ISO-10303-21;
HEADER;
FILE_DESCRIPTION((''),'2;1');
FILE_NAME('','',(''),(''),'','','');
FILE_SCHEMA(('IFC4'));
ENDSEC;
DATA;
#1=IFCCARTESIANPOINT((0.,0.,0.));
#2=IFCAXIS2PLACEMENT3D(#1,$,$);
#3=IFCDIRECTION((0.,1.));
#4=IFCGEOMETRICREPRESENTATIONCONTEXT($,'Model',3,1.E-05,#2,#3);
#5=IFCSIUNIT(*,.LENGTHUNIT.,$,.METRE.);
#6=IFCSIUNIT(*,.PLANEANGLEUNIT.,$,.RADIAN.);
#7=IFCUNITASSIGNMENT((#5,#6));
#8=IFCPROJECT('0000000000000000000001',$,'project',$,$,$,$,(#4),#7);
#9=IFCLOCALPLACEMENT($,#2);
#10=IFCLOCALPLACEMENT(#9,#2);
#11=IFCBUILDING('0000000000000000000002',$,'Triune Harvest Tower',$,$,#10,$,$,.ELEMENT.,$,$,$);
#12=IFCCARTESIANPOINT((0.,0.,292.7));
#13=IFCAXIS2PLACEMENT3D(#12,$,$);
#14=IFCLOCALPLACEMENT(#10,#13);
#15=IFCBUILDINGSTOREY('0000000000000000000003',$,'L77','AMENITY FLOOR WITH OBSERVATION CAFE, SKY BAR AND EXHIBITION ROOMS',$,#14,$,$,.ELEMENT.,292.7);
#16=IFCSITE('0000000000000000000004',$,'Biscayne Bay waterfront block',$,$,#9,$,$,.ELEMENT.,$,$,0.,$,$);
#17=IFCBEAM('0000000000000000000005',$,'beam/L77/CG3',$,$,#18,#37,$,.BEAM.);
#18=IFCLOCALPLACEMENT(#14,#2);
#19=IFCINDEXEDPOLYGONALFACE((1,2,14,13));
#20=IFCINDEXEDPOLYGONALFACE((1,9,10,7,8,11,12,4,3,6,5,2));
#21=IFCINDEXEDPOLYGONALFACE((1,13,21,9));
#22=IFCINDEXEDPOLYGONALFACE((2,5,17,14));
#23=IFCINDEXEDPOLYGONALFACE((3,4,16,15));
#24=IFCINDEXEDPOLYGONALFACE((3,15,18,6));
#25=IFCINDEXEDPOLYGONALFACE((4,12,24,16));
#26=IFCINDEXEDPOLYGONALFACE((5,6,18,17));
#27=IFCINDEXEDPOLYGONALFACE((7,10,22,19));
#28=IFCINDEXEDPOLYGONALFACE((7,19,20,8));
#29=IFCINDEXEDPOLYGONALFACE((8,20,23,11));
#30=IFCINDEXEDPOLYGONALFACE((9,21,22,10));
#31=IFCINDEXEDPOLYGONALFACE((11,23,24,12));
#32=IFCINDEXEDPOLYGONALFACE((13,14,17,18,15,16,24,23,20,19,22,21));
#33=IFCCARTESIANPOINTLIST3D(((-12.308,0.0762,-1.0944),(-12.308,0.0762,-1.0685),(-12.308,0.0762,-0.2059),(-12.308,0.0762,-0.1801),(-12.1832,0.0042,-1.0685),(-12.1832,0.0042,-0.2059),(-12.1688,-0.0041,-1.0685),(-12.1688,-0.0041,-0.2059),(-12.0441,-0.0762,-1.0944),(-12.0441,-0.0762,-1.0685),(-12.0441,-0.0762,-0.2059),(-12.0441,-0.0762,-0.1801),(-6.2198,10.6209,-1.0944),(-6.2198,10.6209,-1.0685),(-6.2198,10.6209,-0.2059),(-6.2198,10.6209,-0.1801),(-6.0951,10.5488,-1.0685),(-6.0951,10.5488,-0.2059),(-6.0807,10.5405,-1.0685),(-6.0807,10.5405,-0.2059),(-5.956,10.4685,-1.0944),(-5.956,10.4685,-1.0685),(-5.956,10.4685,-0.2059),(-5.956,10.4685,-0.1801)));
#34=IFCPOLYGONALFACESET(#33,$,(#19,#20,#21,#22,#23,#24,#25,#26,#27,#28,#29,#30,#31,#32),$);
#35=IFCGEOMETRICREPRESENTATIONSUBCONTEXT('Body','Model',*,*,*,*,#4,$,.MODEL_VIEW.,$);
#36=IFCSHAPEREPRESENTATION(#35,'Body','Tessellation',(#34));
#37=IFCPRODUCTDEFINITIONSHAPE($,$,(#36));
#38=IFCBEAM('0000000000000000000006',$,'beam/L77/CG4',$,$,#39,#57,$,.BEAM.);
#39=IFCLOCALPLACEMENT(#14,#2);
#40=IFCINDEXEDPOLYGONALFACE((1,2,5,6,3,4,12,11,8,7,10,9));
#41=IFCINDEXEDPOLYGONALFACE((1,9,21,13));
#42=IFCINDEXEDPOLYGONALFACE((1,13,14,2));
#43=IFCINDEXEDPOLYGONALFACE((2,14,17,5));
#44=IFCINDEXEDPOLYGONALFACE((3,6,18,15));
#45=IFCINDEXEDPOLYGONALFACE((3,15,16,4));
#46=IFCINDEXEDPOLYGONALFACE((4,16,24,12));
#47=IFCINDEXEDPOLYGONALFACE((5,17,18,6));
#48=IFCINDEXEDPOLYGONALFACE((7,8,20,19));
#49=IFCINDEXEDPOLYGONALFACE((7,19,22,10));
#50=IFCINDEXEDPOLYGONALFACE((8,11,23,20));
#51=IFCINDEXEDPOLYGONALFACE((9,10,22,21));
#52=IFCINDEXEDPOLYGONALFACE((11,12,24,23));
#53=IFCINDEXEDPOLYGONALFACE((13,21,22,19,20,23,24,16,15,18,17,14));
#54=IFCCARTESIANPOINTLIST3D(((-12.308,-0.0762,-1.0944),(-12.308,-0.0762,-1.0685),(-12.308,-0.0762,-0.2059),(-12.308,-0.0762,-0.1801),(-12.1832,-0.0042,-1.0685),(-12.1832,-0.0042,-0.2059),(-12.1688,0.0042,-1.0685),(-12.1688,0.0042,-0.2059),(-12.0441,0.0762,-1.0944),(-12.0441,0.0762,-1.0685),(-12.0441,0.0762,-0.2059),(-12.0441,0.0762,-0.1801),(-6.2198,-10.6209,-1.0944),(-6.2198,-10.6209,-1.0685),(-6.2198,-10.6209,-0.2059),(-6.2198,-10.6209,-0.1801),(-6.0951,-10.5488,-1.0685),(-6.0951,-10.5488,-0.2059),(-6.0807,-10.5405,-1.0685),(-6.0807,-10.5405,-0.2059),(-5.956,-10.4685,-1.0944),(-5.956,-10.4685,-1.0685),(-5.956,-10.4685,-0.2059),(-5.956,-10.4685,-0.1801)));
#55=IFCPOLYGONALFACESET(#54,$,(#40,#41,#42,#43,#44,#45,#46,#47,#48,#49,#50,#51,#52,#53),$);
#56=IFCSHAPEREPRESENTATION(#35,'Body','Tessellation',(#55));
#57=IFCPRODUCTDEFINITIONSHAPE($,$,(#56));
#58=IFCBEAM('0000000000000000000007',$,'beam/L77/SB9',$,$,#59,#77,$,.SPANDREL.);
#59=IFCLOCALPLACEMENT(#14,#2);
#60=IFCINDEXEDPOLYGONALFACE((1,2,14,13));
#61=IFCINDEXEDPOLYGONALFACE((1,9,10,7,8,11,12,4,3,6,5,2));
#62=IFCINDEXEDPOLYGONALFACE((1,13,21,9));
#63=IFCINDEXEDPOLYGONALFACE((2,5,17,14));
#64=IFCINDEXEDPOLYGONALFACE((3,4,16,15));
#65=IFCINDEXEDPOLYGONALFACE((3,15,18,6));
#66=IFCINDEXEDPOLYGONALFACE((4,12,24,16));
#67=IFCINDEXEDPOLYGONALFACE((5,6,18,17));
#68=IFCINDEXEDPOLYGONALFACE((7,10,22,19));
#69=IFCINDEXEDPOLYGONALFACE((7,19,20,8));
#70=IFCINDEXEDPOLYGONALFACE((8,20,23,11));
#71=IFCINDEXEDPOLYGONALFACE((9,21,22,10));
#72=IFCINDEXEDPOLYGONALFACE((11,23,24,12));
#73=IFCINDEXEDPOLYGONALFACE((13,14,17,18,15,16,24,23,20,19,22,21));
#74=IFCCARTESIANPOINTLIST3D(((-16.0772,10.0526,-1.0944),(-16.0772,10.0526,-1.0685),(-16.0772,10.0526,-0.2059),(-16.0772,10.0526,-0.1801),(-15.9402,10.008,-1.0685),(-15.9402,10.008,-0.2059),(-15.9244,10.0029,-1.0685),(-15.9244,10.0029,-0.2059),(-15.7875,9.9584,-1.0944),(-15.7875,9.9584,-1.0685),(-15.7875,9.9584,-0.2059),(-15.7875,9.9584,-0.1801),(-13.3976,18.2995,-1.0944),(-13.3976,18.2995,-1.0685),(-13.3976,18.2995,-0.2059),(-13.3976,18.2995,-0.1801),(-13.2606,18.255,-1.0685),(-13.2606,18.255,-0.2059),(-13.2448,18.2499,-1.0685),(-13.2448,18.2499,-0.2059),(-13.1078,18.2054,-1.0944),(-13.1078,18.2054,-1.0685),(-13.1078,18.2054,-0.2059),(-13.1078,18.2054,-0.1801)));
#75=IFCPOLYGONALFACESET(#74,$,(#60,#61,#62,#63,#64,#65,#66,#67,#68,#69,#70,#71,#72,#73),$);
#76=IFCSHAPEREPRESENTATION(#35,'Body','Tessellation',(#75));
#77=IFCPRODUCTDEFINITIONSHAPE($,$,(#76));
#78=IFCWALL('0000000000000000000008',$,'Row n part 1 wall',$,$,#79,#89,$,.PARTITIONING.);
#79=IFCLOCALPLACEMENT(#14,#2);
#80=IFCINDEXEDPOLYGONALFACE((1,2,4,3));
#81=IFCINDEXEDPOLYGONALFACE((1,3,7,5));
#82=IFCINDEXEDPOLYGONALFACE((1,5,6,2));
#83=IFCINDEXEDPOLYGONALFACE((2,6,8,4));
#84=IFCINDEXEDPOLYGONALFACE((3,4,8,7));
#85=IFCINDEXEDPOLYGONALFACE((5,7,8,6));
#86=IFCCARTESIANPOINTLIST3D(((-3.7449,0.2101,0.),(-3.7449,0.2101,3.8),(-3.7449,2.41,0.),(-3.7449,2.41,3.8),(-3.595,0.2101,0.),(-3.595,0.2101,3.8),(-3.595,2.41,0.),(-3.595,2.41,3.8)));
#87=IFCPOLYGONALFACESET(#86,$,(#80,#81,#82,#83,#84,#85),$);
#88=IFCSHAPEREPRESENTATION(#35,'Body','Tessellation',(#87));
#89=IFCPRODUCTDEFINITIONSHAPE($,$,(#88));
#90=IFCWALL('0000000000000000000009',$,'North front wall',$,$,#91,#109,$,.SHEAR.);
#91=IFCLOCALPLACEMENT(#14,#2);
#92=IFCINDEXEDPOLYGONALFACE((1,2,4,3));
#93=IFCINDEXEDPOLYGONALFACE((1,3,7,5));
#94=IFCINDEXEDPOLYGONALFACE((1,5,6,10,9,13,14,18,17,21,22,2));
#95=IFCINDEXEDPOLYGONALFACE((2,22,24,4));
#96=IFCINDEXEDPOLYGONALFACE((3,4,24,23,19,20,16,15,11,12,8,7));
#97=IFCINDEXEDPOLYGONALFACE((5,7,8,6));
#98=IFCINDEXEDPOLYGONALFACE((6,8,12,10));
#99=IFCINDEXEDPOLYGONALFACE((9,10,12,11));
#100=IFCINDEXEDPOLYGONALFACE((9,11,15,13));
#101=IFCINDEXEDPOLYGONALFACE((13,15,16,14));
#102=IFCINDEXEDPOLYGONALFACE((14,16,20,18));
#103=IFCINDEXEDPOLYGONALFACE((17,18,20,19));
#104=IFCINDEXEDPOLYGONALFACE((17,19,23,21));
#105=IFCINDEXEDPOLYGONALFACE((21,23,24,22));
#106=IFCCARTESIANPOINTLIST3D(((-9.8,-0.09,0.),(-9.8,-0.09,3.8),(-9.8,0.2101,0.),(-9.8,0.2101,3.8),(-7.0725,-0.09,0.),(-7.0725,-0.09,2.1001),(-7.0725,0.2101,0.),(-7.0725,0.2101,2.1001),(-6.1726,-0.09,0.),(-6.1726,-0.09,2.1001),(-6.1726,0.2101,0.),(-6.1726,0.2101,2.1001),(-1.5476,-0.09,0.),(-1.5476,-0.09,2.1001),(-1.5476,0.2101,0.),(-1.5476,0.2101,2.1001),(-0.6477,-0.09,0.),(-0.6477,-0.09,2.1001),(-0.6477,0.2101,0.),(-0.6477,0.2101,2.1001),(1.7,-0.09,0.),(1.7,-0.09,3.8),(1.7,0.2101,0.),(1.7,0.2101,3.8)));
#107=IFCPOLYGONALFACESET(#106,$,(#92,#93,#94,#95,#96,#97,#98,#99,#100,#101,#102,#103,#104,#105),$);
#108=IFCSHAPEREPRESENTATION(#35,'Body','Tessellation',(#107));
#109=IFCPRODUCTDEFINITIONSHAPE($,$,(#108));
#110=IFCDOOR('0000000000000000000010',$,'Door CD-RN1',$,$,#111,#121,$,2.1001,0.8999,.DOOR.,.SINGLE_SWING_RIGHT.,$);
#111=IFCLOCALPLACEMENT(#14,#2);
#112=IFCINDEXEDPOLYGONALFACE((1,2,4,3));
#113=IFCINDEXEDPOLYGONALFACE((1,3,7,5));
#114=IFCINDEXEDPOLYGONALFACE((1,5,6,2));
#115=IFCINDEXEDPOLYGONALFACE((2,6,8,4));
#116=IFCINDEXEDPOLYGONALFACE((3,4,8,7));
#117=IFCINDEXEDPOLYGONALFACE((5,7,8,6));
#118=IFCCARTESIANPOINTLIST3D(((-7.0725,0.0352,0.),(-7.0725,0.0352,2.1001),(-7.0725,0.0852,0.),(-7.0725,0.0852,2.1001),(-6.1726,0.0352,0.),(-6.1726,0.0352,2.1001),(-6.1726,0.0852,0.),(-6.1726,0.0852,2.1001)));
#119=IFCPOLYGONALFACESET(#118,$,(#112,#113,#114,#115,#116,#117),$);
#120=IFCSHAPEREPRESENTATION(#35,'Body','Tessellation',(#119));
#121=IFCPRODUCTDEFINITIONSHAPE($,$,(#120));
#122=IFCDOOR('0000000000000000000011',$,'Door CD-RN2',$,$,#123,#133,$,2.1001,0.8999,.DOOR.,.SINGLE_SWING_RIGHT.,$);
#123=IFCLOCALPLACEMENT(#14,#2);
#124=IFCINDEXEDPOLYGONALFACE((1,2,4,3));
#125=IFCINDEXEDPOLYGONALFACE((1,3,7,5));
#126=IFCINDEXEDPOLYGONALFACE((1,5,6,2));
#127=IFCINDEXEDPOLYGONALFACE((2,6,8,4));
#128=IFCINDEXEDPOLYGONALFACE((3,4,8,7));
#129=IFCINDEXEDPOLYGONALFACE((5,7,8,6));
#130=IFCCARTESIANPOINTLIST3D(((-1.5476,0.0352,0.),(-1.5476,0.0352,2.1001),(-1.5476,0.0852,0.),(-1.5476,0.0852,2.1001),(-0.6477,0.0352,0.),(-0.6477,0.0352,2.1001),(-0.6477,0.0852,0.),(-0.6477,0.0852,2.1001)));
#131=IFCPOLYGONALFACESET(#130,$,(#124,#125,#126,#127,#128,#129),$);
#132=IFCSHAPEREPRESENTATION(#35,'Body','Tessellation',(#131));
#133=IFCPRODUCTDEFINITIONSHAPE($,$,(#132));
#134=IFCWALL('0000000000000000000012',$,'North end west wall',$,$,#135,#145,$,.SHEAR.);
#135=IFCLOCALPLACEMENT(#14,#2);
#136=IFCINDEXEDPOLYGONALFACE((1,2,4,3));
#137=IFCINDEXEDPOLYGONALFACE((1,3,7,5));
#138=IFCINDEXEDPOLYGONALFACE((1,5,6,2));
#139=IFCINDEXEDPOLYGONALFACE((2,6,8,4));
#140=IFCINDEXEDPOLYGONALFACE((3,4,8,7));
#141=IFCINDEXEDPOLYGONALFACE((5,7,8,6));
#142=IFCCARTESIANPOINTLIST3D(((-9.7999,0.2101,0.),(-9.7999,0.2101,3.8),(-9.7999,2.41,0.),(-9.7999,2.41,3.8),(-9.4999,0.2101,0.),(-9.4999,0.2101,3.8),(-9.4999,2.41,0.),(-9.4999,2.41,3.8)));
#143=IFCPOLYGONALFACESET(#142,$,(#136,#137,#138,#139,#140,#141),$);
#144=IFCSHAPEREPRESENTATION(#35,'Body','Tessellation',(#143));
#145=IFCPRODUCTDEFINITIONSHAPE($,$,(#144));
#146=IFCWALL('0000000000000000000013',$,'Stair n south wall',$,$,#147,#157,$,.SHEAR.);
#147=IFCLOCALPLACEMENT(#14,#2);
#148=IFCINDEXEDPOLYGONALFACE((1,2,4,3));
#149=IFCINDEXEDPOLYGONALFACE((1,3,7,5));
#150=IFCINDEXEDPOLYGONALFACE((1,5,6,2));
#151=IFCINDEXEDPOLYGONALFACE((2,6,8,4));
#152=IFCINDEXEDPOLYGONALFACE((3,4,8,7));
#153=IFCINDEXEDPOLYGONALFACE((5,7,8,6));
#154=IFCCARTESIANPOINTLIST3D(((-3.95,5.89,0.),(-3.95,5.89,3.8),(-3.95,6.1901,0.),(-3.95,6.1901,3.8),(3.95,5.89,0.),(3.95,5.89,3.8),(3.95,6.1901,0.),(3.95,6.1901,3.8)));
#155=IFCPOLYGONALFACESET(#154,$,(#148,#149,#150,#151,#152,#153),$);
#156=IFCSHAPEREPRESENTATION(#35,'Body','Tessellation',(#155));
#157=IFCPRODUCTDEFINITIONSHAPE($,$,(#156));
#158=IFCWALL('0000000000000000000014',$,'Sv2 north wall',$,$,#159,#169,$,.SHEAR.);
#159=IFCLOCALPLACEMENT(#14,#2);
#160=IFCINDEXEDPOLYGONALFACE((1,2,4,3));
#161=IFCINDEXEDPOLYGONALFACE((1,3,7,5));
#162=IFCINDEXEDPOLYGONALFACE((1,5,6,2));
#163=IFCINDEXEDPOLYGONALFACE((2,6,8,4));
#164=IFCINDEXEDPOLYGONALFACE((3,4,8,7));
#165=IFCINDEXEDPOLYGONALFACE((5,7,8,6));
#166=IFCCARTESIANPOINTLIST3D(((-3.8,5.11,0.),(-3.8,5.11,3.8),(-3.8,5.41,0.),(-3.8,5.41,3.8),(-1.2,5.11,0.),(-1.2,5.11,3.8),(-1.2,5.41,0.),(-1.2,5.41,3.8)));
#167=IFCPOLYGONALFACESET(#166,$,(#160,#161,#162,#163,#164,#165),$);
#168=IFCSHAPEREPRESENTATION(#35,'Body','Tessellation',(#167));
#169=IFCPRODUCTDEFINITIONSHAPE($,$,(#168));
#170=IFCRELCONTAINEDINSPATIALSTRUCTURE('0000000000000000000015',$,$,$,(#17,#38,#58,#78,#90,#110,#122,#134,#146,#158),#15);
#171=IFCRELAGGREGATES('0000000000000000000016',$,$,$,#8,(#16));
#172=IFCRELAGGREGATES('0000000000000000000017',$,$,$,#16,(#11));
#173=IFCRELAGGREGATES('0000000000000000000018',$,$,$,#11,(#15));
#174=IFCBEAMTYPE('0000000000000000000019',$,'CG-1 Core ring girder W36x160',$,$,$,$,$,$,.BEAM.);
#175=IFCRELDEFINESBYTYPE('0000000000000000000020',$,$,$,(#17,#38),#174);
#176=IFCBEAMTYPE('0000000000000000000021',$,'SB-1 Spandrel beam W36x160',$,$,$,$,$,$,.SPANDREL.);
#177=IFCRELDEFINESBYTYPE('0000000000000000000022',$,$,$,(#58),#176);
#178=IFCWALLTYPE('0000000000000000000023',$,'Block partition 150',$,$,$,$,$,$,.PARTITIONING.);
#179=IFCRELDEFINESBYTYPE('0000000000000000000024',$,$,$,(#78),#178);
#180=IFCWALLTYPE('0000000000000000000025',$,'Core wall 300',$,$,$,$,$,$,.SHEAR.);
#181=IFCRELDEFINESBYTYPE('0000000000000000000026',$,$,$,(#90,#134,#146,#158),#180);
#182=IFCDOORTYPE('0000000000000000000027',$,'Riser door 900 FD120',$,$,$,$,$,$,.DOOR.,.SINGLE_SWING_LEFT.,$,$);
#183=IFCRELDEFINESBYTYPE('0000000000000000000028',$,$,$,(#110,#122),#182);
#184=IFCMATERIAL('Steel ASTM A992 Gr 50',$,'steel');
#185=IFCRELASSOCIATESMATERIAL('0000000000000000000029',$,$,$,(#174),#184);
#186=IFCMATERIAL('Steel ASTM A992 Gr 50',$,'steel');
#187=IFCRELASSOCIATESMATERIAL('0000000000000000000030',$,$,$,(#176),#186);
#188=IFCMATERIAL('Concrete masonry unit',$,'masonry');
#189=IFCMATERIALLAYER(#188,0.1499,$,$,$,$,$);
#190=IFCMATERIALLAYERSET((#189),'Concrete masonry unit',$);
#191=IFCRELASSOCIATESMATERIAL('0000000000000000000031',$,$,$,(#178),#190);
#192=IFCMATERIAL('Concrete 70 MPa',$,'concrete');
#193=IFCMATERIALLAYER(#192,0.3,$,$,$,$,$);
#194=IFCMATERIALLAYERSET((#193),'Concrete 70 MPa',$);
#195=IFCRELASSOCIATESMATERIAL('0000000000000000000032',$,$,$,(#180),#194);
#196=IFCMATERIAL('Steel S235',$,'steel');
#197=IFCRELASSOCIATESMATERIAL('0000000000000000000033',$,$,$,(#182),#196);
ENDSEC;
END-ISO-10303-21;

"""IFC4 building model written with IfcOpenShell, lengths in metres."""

from ifc_helpers import new_model, si_unit, direction, frame, frame_2d, origin, origin_2d, place, context, subcontext, project, spatial, rectangle, i_section, extrude, source, transform, mapped, material, layer, layer_set, material_profile, profile_set, type_object, element, fill, save


model = new_model("IFC4")

# Units and contexts
model_context = context("Model", 3, precision=1e-05, world=origin(), true_north=direction((0.0, 1.0)))
body_context = subcontext(model_context, "Body", "Model", "MODEL_VIEW")
ifc_project = project(units=[si_unit("LENGTHUNIT", "METRE"), si_unit("PLANEANGLEUNIT", "RADIAN")], contexts=[model_context])

# Site, building, storey
site_placement = place(None, origin())
site = spatial("IfcSite", under=ifc_project, at=site_placement, Name="Biscayne Bay waterfront block", CompositionType="ELEMENT", RefElevation=0.0)
building_placement = place(site_placement, origin())
building = spatial("IfcBuilding", under=site, at=building_placement, Name="Triune Harvest Tower", CompositionType="ELEMENT")
storey_placement = place(building_placement, frame((0.0, 0.0, 292.7)))
storey = spatial("IfcBuildingStorey", under=building, at=storey_placement, Name="L77", Description="AMENITY FLOOR WITH OBSERVATION CAFE, SKY BAR AND EXHIBITION ROOMS", CompositionType="ELEMENT", Elevation=292.7)

# Beams
ifc_material_1 = material(Name="Steel ASTM A992 Gr 50", Category="steel")
ifc_material_profile_1 = material_profile(ifc_material_1, i_section(OverallWidth=0.3047, OverallDepth=0.9143, WebThickness=0.0166, FlangeThickness=0.0259, at=origin_2d()), Name="W36x160")
ifc_profile_set_1 = profile_set([ifc_material_profile_1], Name="Steel ASTM A992 Gr 50")
beam_type_1 = type_object("IfcBeamType", Name="CG-1 Core ring girder W36x160", PredefinedType="BEAM", material=ifc_profile_set_1)
shared_shape_1 = source(origin(), body_context, "Body", "SweptSolid", [
    extrude(i_section(OverallWidth=0.3047, OverallDepth=0.9143, WebThickness=0.0166, FlangeThickness=0.0259, at=origin_2d()), origin(), (0.0, 0.0, 1.0), 12.176),
])
for number, where, z_axis, x_axis, name in (
    (1, (-6.0879, 10.5447, -0.6372), (-0.50001, -0.86602, 0.0), (0.86602, -0.50001, 0.0), "beam/L77/CG3"),
    (2, (-12.176, 0.0, -0.6372), (0.50001, -0.86602, 0.0), (0.86602, 0.50001, 0.0), "beam/L77/CG4"),
):
    element("IfcBeam", number, at=place(storey_placement, frame(where, z_axis=z_axis, x_axis=x_axis)), inside=storey, type_object=beam_type_1, Name=name, PredefinedType="BEAM", context=body_context, shape_type="MappedRepresentation", body=[
        mapped(shared_shape_1, transform((0.0, 0.0, 0.0), scale=1.0)),
    ])
ifc_material_2 = material(Name="Steel ASTM A992 Gr 50", Category="steel")
ifc_material_profile_2 = material_profile(ifc_material_2, i_section(OverallWidth=0.3047, OverallDepth=0.9143, WebThickness=0.0166, FlangeThickness=0.0259, at=origin_2d()), Name="W36x160")
ifc_profile_set_2 = profile_set([ifc_material_profile_2], Name="Steel ASTM A992 Gr 50")
beam_type_2 = type_object("IfcBeamType", Name="SB-1 Spandrel beam W36x160", PredefinedType="SPANDREL", material=ifc_profile_set_2)
shared_shape_2 = source(origin(), body_context, "Body", "SweptSolid", [
    extrude(i_section(OverallWidth=0.3047, OverallDepth=0.9143, WebThickness=0.0166, FlangeThickness=0.0259, at=origin_2d()), origin(), (0.0, 0.0, 1.0), 8.6714),
])
beam_placement = place(storey_placement, frame((-13.2527, 18.2524, -0.6372), z_axis=(-0.309022, -0.951055, 0.0), x_axis=(0.951055, -0.309022, 0.0)))
element("IfcBeam", 3, at=beam_placement, inside=storey, type_object=beam_type_2, Name="beam/L77/SB9", PredefinedType="SPANDREL", context=body_context, shape_type="MappedRepresentation", body=[
    mapped(shared_shape_2, transform((0.0, 0.0, 0.0), scale=1.0)),
])

# Wall
ifc_material_3 = material(Name="Concrete masonry unit", Category="masonry")
ifc_layer_1 = layer(ifc_material_3, 0.1499)
ifc_layer_set_1 = layer_set([ifc_layer_1], Name="Concrete masonry unit")
wall_type_1 = type_object("IfcWallType", Name="Block partition 150", PredefinedType="PARTITIONING", material=ifc_layer_set_1)
wall_1_placement = place(storey_placement, frame((-3.6699, 0.21, 0.0), z_axis=(0.0, 0.0, 1.0), x_axis=(0.0, 1.0, 0.0)))
element("IfcWall", 4, at=wall_1_placement, inside=storey, type_object=wall_type_1, Name="Row n part 1 wall", PredefinedType="PARTITIONING", context=body_context, shape_type="SweptSolid", body=[
    extrude(rectangle(XDim=2.2, YDim=0.1499, at=frame_2d((1.1001, 0.0))), origin(), (0.0, 0.0, 1.0), 3.8),
])

# Wall, openings, doors
ifc_material_4 = material(Name="Concrete 70 MPa", Category="concrete")
ifc_layer_2 = layer(ifc_material_4, 0.3)
ifc_layer_set_2 = layer_set([ifc_layer_2], Name="Concrete 70 MPa")
wall_type_2 = type_object("IfcWallType", Name="Core wall 300", PredefinedType="SHEAR", material=ifc_layer_set_2)
wall_2_placement = place(storey_placement, frame((-9.8, 0.0601, 0.0), z_axis=(0.0, 0.0, 1.0), x_axis=(1.0, 0.0, 0.0)))
wall_2 = element("IfcWall", 5, at=wall_2_placement, inside=storey, type_object=wall_type_2, Name="North front wall", PredefinedType="SHEAR", context=body_context, shape_type="SweptSolid", body=[
    extrude(rectangle(XDim=11.5, YDim=0.3, at=frame_2d((5.75, 0.0))), origin(), (0.0, 0.0, 1.0), 3.8),
])
opening_1_placement = place(wall_2_placement, frame((2.7275, 0.0, 0.0)))
opening_1 = element("IfcOpeningElement", 6, at=opening_1_placement, cuts=wall_2, PredefinedType="OPENING", context=body_context, shape_type="SweptSolid", body=[
    extrude(rectangle(XDim=0.8999, YDim=2.1001, at=frame_2d((0.45, 1.05))), frame((0.0, 0.1602, 0.0), z_axis=(0.0, -1.0, 0.0), x_axis=(1.0, 0.0, 0.0)), (0.0, 0.0, 1.0), 0.3201),
])
opening_2_placement = place(wall_2_placement, frame((8.2524, 0.0, 0.0)))
opening_2 = element("IfcOpeningElement", 7, at=opening_2_placement, cuts=wall_2, PredefinedType="OPENING", context=body_context, shape_type="SweptSolid", body=[
    extrude(rectangle(XDim=0.8999, YDim=2.1001, at=frame_2d((0.45, 1.05))), frame((0.0, 0.1602, 0.0), z_axis=(0.0, -1.0, 0.0), x_axis=(1.0, 0.0, 0.0)), (0.0, 0.0, 1.0), 0.3201),
])
ifc_material_5 = material(Name="Steel S235", Category="steel")
door_type_1 = type_object("IfcDoorType", Name="Riser door 900 FD120", OperationType="SINGLE_SWING_LEFT", PredefinedType="DOOR", material=ifc_material_5)
door_1_placement = place(opening_1_placement, frame((0.8999, 0.0, 0.0), z_axis=(0.0, 0.0, 1.0), x_axis=(-1.0, 0.0, 0.0)))
door_1 = element("IfcDoor", 8, at=door_1_placement, inside=storey, type_object=door_type_1, Name="Door CD-RN1", OperationType="SINGLE_SWING_RIGHT", OverallHeight=2.1001, OverallWidth=0.8999, PredefinedType="DOOR", context=body_context, shape_type="SweptSolid", body=[
    extrude(rectangle(XDim=0.8999, YDim=2.1001, at=frame_2d((0.45, 1.05))), frame((0.0, 0.0249, 0.0), z_axis=(0.0, -1.0, 0.0), x_axis=(1.0, 0.0, 0.0)), (0.0, 0.0, 1.0), 0.05),
])
fill(opening_1, door_1)
door_2_placement = place(opening_2_placement, frame((0.8999, 0.0, 0.0), z_axis=(0.0, 0.0, 1.0), x_axis=(-1.0, 0.0, 0.0)))
door_2 = element("IfcDoor", 9, at=door_2_placement, inside=storey, type_object=door_type_1, Name="Door CD-RN2", OperationType="SINGLE_SWING_RIGHT", OverallHeight=2.1001, OverallWidth=0.8999, PredefinedType="DOOR", context=body_context, shape_type="SweptSolid", body=[
    extrude(rectangle(XDim=0.8999, YDim=2.1001, at=frame_2d((0.45, 1.05))), frame((0.0, 0.0249, 0.0), z_axis=(0.0, -1.0, 0.0), x_axis=(1.0, 0.0, 0.0)), (0.0, 0.0, 1.0), 0.05),
])
fill(opening_2, door_2)

# Walls
wall_3_placement = place(storey_placement, frame((-9.6499, 0.21, 0.0), z_axis=(0.0, 0.0, 1.0), x_axis=(0.0, 1.0, 0.0)))
element("IfcWall", 10, at=wall_3_placement, inside=storey, type_object=wall_type_2, Name="North end west wall", PredefinedType="SHEAR", context=body_context, shape_type="SweptSolid", body=[
    extrude(rectangle(XDim=2.2, YDim=0.3, at=frame_2d((1.1001, 0.0))), origin(), (0.0, 0.0, 1.0), 3.8),
])
wall_4_placement = place(storey_placement, frame((-3.95, 6.04, 0.0), z_axis=(0.0, 0.0, 1.0), x_axis=(1.0, 0.0, 0.0)))
element("IfcWall", 11, at=wall_4_placement, inside=storey, type_object=wall_type_2, Name="Stair n south wall", PredefinedType="SHEAR", context=body_context, shape_type="SweptSolid", body=[
    extrude(rectangle(XDim=7.8999, YDim=0.3, at=frame_2d((3.95, 0.0))), origin(), (0.0, 0.0, 1.0), 3.8),
])
wall_5_placement = place(storey_placement, frame((-3.8, 5.26, 0.0), z_axis=(0.0, 0.0, 1.0), x_axis=(1.0, 0.0, 0.0)))
element("IfcWall", 12, at=wall_5_placement, inside=storey, type_object=wall_type_2, Name="Sv2 north wall", PredefinedType="SHEAR", context=body_context, shape_type="SweptSolid", body=[
    extrude(rectangle(XDim=2.6001, YDim=0.3, at=frame_2d((1.3, 0.0))), origin(), (0.0, 0.0, 1.0), 3.8),
])

save(model, "model.ifc")
